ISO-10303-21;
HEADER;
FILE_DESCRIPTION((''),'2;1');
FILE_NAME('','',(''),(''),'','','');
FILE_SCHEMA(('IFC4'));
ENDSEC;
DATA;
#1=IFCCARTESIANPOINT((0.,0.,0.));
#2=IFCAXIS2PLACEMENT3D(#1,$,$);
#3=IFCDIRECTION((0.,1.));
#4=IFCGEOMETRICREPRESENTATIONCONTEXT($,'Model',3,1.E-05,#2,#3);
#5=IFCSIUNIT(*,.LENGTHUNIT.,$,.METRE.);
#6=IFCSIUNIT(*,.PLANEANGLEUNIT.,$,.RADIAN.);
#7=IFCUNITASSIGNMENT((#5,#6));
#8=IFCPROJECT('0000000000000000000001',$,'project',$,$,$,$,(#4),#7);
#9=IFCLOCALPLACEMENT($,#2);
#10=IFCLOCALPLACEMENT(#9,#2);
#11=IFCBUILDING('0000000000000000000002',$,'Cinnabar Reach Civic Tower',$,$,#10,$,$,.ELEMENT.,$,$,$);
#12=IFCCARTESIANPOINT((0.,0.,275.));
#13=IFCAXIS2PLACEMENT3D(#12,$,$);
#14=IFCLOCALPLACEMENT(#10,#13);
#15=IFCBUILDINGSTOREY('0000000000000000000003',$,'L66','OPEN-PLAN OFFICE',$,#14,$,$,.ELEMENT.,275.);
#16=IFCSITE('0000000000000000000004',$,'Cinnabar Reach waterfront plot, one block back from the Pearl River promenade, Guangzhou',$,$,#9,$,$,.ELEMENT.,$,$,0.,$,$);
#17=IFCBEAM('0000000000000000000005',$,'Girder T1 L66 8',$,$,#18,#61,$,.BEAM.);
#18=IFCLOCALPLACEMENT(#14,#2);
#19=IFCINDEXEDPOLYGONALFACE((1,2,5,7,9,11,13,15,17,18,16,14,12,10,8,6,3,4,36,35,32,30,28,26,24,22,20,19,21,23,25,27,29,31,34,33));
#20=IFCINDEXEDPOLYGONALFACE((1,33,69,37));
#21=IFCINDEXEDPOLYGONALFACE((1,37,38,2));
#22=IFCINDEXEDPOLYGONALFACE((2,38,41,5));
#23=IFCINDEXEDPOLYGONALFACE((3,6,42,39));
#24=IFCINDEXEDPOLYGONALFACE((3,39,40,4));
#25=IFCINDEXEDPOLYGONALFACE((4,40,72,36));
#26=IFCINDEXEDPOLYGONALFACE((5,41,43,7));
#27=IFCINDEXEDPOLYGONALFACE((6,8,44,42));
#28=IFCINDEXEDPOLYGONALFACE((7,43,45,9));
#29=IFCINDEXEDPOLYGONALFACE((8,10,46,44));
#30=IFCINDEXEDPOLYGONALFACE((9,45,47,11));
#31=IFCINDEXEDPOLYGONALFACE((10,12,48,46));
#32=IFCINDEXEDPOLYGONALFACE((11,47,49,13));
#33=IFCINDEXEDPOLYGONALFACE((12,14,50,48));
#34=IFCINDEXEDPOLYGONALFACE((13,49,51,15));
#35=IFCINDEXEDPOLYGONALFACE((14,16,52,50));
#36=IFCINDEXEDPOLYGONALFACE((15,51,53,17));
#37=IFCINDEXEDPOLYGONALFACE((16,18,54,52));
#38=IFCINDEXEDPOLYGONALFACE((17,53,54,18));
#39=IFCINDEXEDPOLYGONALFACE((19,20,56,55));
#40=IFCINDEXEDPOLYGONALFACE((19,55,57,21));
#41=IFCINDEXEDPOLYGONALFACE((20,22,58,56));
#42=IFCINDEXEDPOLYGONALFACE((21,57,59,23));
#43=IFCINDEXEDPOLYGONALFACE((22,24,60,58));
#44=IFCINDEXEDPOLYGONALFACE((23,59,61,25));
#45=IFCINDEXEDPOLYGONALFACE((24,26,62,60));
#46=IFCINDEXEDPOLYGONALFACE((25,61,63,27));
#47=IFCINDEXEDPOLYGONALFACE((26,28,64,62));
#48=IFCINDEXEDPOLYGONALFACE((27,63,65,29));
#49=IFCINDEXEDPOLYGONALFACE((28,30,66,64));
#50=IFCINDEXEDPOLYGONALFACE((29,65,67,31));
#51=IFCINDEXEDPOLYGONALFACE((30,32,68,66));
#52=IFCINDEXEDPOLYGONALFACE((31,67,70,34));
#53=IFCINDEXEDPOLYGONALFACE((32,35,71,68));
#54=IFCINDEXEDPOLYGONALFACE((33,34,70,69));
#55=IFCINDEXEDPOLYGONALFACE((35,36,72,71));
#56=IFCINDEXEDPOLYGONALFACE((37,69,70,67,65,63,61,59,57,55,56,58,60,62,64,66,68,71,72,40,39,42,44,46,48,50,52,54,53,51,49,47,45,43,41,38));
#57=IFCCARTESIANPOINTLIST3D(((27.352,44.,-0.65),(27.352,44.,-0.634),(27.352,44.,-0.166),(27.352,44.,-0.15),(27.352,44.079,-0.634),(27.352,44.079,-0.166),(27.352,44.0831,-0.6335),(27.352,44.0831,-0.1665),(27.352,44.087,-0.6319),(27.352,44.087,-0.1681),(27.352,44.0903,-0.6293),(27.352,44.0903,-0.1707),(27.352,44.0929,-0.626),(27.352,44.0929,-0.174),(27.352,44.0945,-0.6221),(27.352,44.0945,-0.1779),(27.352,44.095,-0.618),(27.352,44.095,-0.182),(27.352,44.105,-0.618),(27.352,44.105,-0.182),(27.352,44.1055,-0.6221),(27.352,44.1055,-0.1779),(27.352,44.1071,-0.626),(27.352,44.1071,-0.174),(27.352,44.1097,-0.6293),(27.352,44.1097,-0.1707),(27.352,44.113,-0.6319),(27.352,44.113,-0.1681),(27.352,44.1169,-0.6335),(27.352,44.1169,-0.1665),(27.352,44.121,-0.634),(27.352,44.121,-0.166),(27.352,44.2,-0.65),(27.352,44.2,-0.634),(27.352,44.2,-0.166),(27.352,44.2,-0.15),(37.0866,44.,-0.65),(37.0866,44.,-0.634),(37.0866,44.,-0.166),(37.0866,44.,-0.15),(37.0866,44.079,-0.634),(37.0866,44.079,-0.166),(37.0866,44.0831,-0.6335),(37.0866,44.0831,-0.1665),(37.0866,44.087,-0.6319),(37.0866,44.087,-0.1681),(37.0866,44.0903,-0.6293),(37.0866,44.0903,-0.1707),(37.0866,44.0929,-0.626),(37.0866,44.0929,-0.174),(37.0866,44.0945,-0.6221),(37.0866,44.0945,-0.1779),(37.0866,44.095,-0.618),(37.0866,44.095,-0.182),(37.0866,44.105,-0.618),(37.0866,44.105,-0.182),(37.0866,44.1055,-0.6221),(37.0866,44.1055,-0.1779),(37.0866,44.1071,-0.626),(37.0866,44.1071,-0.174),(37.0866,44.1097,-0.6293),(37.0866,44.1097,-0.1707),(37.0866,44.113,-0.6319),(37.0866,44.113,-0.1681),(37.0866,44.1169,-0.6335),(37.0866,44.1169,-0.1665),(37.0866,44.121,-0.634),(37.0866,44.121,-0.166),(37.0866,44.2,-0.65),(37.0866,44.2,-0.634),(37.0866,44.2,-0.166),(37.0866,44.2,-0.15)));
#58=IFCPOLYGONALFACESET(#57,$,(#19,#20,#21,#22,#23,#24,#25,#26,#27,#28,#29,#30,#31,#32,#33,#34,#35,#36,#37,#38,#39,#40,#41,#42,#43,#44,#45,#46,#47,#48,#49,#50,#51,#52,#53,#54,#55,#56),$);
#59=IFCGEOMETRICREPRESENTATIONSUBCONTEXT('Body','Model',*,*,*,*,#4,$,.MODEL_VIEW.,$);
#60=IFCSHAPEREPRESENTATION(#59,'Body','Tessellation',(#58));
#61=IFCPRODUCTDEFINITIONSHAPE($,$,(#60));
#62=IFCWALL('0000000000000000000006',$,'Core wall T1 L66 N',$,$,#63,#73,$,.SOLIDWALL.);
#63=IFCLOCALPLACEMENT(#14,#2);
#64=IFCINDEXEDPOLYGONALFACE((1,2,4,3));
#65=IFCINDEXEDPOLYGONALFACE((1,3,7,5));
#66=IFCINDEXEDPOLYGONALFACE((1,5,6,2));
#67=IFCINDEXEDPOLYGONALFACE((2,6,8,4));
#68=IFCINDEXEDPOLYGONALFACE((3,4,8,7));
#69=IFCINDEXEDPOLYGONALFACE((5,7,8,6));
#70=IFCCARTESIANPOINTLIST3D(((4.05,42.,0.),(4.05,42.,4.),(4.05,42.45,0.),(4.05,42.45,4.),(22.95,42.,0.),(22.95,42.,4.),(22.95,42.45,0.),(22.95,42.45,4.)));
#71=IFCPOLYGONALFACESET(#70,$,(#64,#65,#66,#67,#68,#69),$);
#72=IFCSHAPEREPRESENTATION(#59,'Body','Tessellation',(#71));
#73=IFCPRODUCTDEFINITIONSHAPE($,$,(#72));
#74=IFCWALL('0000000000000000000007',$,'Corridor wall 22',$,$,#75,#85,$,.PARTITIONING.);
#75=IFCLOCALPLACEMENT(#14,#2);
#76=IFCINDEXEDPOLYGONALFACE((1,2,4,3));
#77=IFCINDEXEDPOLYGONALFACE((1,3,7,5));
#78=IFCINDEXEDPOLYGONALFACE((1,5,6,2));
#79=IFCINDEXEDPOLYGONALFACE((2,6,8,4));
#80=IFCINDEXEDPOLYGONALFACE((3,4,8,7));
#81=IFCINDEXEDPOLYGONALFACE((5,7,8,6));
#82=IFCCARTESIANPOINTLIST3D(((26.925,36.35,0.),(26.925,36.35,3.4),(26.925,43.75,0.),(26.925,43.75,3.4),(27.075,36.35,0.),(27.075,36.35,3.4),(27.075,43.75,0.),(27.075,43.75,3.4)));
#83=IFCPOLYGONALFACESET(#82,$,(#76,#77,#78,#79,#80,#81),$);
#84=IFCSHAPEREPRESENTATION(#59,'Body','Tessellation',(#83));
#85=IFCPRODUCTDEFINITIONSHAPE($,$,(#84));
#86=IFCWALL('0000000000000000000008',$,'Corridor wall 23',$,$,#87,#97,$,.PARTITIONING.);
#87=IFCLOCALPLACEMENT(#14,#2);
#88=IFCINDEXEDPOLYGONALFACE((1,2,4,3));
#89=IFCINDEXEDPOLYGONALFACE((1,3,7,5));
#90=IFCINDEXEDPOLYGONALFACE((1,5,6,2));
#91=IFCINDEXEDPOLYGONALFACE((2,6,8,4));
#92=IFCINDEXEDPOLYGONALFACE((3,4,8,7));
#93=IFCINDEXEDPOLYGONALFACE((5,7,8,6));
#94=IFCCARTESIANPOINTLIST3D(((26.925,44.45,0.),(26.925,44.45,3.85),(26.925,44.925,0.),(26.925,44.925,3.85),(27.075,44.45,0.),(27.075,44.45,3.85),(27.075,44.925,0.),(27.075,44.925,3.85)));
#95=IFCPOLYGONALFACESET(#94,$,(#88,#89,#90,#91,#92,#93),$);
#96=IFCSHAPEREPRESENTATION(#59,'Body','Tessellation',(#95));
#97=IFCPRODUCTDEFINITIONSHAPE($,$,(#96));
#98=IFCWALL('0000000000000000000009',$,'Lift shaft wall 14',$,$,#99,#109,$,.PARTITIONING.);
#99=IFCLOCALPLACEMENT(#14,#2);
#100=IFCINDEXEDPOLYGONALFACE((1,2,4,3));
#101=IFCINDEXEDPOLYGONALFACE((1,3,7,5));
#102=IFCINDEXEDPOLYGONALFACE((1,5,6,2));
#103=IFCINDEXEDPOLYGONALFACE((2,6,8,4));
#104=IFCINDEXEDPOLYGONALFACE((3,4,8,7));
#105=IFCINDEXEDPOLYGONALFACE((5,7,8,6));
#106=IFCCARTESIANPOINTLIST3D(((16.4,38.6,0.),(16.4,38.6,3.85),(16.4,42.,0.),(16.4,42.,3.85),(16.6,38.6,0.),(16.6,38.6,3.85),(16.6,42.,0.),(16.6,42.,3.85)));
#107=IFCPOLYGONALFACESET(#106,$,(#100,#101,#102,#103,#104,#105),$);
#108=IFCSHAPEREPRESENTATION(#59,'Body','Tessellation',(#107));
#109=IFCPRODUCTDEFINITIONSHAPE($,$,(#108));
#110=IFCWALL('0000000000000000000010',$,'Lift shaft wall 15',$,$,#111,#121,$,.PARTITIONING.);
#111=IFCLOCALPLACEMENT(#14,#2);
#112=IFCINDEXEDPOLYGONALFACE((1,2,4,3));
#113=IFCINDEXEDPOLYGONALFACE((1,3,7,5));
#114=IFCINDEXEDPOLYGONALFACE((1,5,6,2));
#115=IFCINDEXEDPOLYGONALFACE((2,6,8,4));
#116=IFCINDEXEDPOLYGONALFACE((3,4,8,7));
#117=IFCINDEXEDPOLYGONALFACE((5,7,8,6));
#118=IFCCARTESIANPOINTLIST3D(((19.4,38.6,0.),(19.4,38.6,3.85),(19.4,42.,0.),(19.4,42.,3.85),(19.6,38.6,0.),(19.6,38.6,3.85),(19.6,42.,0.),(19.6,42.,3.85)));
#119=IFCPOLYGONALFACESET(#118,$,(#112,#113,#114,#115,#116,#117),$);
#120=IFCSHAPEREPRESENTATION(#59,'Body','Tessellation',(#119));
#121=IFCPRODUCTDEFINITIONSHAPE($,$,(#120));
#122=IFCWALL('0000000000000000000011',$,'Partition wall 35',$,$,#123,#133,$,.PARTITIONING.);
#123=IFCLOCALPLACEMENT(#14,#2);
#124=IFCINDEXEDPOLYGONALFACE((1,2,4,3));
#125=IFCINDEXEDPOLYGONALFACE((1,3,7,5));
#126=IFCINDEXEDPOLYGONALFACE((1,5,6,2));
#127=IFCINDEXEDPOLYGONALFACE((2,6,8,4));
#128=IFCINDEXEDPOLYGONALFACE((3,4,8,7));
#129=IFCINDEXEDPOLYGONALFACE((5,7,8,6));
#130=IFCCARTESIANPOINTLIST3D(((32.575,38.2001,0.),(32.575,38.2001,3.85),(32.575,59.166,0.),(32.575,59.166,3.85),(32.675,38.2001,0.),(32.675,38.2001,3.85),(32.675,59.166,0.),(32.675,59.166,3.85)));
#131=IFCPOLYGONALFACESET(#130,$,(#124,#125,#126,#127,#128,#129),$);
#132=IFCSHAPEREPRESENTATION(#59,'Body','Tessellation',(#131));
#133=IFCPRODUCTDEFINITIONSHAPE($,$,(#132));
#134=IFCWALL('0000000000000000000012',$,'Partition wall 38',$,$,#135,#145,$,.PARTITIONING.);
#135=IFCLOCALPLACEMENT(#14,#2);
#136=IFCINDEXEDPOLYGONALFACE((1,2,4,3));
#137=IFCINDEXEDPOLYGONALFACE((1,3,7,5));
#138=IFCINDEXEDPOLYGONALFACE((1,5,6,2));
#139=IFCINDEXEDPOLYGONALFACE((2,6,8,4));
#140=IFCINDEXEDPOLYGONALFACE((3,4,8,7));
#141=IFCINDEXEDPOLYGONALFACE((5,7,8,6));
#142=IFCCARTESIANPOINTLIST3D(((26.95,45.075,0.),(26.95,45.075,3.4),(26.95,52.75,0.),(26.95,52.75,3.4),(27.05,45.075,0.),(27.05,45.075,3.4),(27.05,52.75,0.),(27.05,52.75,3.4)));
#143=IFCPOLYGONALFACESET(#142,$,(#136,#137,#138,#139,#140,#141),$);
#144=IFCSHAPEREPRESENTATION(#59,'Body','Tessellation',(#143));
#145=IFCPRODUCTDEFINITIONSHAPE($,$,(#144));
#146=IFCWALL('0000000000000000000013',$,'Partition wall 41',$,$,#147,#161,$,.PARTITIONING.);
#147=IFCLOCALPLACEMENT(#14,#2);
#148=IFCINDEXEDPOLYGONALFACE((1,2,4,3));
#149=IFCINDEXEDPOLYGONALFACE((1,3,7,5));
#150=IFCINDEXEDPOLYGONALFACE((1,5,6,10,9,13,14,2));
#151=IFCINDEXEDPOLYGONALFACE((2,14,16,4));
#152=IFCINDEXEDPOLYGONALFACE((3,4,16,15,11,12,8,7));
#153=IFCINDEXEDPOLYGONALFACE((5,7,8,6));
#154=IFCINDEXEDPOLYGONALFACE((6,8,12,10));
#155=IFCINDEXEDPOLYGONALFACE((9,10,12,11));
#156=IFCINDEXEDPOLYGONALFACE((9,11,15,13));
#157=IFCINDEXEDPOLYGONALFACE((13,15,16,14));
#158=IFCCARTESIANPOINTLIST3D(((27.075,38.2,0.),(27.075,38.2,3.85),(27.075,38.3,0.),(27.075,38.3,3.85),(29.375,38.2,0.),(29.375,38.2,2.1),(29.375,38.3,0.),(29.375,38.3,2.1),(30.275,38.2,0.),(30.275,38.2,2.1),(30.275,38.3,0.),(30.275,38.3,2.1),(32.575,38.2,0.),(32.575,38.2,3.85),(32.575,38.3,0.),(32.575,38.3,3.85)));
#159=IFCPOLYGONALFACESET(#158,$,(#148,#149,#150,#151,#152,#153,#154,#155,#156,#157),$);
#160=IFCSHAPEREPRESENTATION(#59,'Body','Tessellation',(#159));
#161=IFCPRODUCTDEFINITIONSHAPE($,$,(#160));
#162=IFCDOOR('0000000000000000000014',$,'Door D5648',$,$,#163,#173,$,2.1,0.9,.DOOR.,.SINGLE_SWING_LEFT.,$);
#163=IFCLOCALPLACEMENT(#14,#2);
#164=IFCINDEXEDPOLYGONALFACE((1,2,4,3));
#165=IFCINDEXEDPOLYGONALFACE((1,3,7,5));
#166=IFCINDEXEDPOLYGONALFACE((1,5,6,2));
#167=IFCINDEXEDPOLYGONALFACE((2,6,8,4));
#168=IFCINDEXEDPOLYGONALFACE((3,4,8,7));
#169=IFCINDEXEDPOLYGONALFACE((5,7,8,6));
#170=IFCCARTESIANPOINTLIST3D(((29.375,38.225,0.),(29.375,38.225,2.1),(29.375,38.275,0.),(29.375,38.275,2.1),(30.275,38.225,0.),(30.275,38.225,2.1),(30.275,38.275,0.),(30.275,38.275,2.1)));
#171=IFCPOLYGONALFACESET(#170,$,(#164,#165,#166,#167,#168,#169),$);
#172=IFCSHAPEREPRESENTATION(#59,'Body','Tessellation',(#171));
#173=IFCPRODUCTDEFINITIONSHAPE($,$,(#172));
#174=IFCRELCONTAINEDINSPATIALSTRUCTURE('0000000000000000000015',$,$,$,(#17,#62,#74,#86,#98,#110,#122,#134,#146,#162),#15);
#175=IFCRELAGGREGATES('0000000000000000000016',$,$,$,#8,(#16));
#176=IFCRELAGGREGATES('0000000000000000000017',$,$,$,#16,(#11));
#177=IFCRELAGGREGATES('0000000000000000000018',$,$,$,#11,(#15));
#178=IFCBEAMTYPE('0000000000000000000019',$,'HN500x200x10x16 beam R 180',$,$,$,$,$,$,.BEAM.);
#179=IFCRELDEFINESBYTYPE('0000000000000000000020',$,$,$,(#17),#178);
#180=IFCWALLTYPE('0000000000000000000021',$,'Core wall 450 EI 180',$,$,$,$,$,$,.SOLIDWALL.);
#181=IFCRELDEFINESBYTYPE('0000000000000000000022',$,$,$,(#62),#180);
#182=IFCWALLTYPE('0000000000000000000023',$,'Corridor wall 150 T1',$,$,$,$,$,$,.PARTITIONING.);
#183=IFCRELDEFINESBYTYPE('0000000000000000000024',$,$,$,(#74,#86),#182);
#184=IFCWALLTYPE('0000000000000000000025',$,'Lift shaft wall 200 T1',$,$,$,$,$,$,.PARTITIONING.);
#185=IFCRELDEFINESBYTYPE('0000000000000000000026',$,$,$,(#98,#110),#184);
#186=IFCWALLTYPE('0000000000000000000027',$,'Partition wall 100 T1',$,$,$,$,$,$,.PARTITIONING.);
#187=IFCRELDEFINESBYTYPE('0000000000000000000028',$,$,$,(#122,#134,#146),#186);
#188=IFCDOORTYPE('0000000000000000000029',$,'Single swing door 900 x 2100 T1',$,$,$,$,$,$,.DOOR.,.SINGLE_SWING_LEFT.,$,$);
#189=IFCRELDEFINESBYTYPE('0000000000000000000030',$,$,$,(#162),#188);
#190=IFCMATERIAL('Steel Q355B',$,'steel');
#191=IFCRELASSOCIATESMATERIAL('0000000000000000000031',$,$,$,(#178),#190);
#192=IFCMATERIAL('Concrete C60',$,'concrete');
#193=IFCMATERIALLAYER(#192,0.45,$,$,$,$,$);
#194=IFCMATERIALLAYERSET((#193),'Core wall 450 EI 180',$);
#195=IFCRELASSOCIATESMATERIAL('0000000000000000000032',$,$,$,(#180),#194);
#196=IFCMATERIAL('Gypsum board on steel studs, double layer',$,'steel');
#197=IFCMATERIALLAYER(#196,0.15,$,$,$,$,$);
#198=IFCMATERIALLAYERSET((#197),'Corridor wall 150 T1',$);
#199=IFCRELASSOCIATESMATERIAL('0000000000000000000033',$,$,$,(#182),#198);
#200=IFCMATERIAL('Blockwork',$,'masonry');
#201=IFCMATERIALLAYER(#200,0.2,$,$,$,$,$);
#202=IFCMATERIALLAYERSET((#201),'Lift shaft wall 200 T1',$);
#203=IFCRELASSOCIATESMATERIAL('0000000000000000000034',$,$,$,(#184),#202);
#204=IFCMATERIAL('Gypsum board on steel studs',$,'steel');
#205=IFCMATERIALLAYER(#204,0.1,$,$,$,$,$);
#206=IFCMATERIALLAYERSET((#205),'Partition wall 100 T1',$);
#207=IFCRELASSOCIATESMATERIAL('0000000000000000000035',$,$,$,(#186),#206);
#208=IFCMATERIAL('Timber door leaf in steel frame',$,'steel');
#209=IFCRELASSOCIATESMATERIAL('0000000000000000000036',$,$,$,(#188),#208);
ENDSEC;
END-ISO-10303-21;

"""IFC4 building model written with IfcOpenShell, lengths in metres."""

from ifc_helpers import new_model, si_unit, direction, frame, frame_2d, origin, origin_2d, place, context, subcontext, project, spatial, rectangle, i_section, extrude, material, layer, layer_set, material_profile, profile_set, type_object, element, fill, save


model = new_model("IFC4")

# Units and contexts
model_context = context("Model", 3, precision=1e-05, world=origin(), true_north=direction((0.0, 1.0)))
body_context = subcontext(model_context, "Body", "Model", "MODEL_VIEW")
ifc_project = project(units=[si_unit("LENGTHUNIT", "METRE"), si_unit("PLANEANGLEUNIT", "RADIAN")], contexts=[model_context])

# Site, building, storey
site_placement = place(None, origin())
site = spatial("IfcSite", under=ifc_project, at=site_placement, Name="Cinnabar Reach waterfront plot, one block back from the Pearl River promenade, Guangzhou", CompositionType="ELEMENT", RefElevation=0.0)
building_placement = place(site_placement, origin())
building = spatial("IfcBuilding", under=site, at=building_placement, Name="Cinnabar Reach Civic Tower", CompositionType="ELEMENT")
storey_placement = place(building_placement, frame((0.0, 0.0, 275.0)))
storey = spatial("IfcBuildingStorey", under=building, at=storey_placement, Name="L66", Description="OPEN-PLAN OFFICE", CompositionType="ELEMENT", Elevation=275.0)

# Shared definitions
ifc_material_1 = material(Name="Concrete C60", Category="concrete")

# Beam
ifc_material_2 = material(Name="Steel Q355B", Category="steel")
ifc_material_profile_1 = material_profile(ifc_material_2, i_section(OverallWidth=0.2, OverallDepth=0.5, WebThickness=0.01, FlangeThickness=0.016, FilletRadius=0.016, at=origin_2d()), Name="HN500x200x10x16")
ifc_profile_set_1 = profile_set([ifc_material_profile_1], Name="Steel Q355B")
beam_type_1 = type_object("IfcBeamType", Name="HN500x200x10x16 beam R 180", PredefinedType="BEAM", material=ifc_profile_set_1)
beam_1_placement = place(storey_placement, frame((27.352, 44.1, -0.4), z_axis=(1.0, 0.0, 0.0), x_axis=(0.0, 1.0, 0.0)))
element("IfcBeam", 1, at=beam_1_placement, inside=storey, type_object=beam_type_1, Name="Girder T1 L66 8", PredefinedType="BEAM", context=body_context, shape_type="SweptSolid", body=[
    extrude(i_section(OverallWidth=0.2, OverallDepth=0.5, WebThickness=0.01, FlangeThickness=0.016, FilletRadius=0.016, at=origin_2d()), origin(), (0.0, 0.0, 1.0), 9.7346),
])

# Walls
ifc_layer_1 = layer(ifc_material_1, 0.45)
ifc_layer_set_1 = layer_set([ifc_layer_1], Name="Core wall 450 EI 180")
wall_type_1 = type_object("IfcWallType", Name="Core wall 450 EI 180", PredefinedType="SOLIDWALL", material=ifc_layer_set_1)
wall_1_placement = place(storey_placement, frame((22.95, 42.225, 0.0), z_axis=(0.0, 0.0, 1.0), x_axis=(-1.0, 0.0, 0.0)))
element("IfcWall", 2, at=wall_1_placement, inside=storey, type_object=wall_type_1, Name="Core wall T1 L66 N", PredefinedType="SOLIDWALL", context=body_context, shape_type="SweptSolid", body=[
    extrude(rectangle(XDim=18.9, YDim=0.45, at=frame_2d((9.45, 0.0))), origin(), (0.0, 0.0, 1.0), 4.0),
])
ifc_material_3 = material(Name="Gypsum board on steel studs, double layer", Category="steel")
ifc_layer_2 = layer(ifc_material_3, 0.15)
ifc_layer_set_2 = layer_set([ifc_layer_2], Name="Corridor wall 150 T1")
wall_type_2 = type_object("IfcWallType", Name="Corridor wall 150 T1", PredefinedType="PARTITIONING", material=ifc_layer_set_2)
wall_2_placement = place(storey_placement, frame((27.0, 36.35, 0.0), z_axis=(0.0, 0.0, 1.0), x_axis=(0.0, 1.0, 0.0)))
element("IfcWall", 3, at=wall_2_placement, inside=storey, type_object=wall_type_2, Name="Corridor wall 22", PredefinedType="PARTITIONING", context=body_context, shape_type="SweptSolid", body=[
    extrude(rectangle(XDim=7.4, YDim=0.15, at=frame_2d((3.7, 0.0))), origin(), (0.0, 0.0, 1.0), 3.4),
])
wall_3_placement = place(storey_placement, frame((27.0, 44.45, 0.0), z_axis=(0.0, 0.0, 1.0), x_axis=(0.0, 1.0, 0.0)))
element("IfcWall", 4, at=wall_3_placement, inside=storey, type_object=wall_type_2, Name="Corridor wall 23", PredefinedType="PARTITIONING", context=body_context, shape_type="SweptSolid", body=[
    extrude(rectangle(XDim=0.475, YDim=0.15, at=frame_2d((0.2375, 0.0))), origin(), (0.0, 0.0, 1.0), 3.85),
])
ifc_material_4 = material(Name="Blockwork", Category="masonry")
ifc_layer_3 = layer(ifc_material_4, 0.2)
ifc_layer_set_3 = layer_set([ifc_layer_3], Name="Lift shaft wall 200 T1")
wall_type_3 = type_object("IfcWallType", Name="Lift shaft wall 200 T1", PredefinedType="PARTITIONING", material=ifc_layer_set_3)
for number, where, z_axis, x_axis, name in (
    (5, (16.5, 38.6, 0.0), (0.0, 0.0, 1.0), (0.0, 1.0, 0.0), "Lift shaft wall 14"),
    (6, (19.5, 38.6, 0.0), (0.0, 0.0, 1.0), (0.0, 1.0, 0.0), "Lift shaft wall 15"),
):
    element("IfcWall", number, at=place(storey_placement, frame(where, z_axis=z_axis, x_axis=x_axis)), inside=storey, type_object=wall_type_3, Name=name, PredefinedType="PARTITIONING", context=body_context, shape_type="SweptSolid", body=[
        extrude(rectangle(XDim=3.4, YDim=0.2, at=frame_2d((1.7, 0.0))), origin(), (0.0, 0.0, 1.0), 3.85),
    ])
ifc_material_5 = material(Name="Gypsum board on steel studs", Category="steel")
ifc_layer_4 = layer(ifc_material_5, 0.1)
ifc_layer_set_4 = layer_set([ifc_layer_4], Name="Partition wall 100 T1")
wall_type_4 = type_object("IfcWallType", Name="Partition wall 100 T1", PredefinedType="PARTITIONING", material=ifc_layer_set_4)
wall_4_placement = place(storey_placement, frame((32.625, 38.2, 0.0), z_axis=(0.0, 0.0, 1.0), x_axis=(0.0, 1.0, 0.0)))
element("IfcWall", 7, at=wall_4_placement, inside=storey, type_object=wall_type_4, Name="Partition wall 35", PredefinedType="PARTITIONING", context=body_context, shape_type="SweptSolid", body=[
    extrude(rectangle(XDim=20.9659, YDim=0.1, at=frame_2d((10.483, 0.0))), origin(), (0.0, 0.0, 1.0), 3.85),
])
wall_5_placement = place(storey_placement, frame((27.0, 45.075, 0.0), z_axis=(0.0, 0.0, 1.0), x_axis=(0.0, 1.0, 0.0)))
element("IfcWall", 8, at=wall_5_placement, inside=storey, type_object=wall_type_4, Name="Partition wall 38", PredefinedType="PARTITIONING", context=body_context, shape_type="SweptSolid", body=[
    extrude(rectangle(XDim=7.675, YDim=0.1, at=frame_2d((3.8375, 0.0))), origin(), (0.0, 0.0, 1.0), 3.4),
])

# Wall, opening, door
wall_6_placement = place(storey_placement, frame((27.075, 38.25, 0.0), z_axis=(0.0, 0.0, 1.0), x_axis=(1.0, 0.0, 0.0)))
wall_6 = element("IfcWall", 9, at=wall_6_placement, inside=storey, type_object=wall_type_4, Name="Partition wall 41", PredefinedType="PARTITIONING", context=body_context, shape_type="SweptSolid", body=[
    extrude(rectangle(XDim=5.5, YDim=0.1, at=frame_2d((2.75, 0.0))), origin(), (0.0, 0.0, 1.0), 3.85),
])
opening_1_placement = place(wall_6_placement, frame((2.3, 0.0, 0.0)))
opening_1 = element("IfcOpeningElement", 10, at=opening_1_placement, cuts=wall_6, PredefinedType="OPENING", context=body_context, shape_type="SweptSolid", body=[
    extrude(rectangle(XDim=0.9, YDim=2.1, at=frame_2d((0.45, 1.05))), frame((0.0, 0.06, 0.0), z_axis=(0.0, -1.0, 0.0), x_axis=(1.0, 0.0, 0.0)), (0.0, 0.0, 1.0), 0.12),
])
ifc_material_6 = material(Name="Timber door leaf in steel frame", Category="steel")
door_type_1 = type_object("IfcDoorType", Name="Single swing door 900 x 2100 T1", OperationType="SINGLE_SWING_LEFT", PredefinedType="DOOR", material=ifc_material_6)
door_1_placement = place(opening_1_placement, frame((0.9, 0.0, 0.0), z_axis=(0.0, 0.0, 1.0), x_axis=(-1.0, 0.0, 0.0)))
door_1 = element("IfcDoor", 11, at=door_1_placement, inside=storey, type_object=door_type_1, Name="Door D5648", OperationType="SINGLE_SWING_LEFT", OverallHeight=2.1, OverallWidth=0.9, PredefinedType="DOOR", context=body_context, shape_type="SweptSolid", body=[
    extrude(rectangle(XDim=0.9, YDim=2.1, at=frame_2d((0.45, 1.05))), frame((0.0, 0.025, 0.0), z_axis=(0.0, -1.0, 0.0), x_axis=(1.0, 0.0, 0.0)), (0.0, 0.0, 1.0), 0.05),
])
fill(opening_1, door_1)

save(model, "model.ifc")
